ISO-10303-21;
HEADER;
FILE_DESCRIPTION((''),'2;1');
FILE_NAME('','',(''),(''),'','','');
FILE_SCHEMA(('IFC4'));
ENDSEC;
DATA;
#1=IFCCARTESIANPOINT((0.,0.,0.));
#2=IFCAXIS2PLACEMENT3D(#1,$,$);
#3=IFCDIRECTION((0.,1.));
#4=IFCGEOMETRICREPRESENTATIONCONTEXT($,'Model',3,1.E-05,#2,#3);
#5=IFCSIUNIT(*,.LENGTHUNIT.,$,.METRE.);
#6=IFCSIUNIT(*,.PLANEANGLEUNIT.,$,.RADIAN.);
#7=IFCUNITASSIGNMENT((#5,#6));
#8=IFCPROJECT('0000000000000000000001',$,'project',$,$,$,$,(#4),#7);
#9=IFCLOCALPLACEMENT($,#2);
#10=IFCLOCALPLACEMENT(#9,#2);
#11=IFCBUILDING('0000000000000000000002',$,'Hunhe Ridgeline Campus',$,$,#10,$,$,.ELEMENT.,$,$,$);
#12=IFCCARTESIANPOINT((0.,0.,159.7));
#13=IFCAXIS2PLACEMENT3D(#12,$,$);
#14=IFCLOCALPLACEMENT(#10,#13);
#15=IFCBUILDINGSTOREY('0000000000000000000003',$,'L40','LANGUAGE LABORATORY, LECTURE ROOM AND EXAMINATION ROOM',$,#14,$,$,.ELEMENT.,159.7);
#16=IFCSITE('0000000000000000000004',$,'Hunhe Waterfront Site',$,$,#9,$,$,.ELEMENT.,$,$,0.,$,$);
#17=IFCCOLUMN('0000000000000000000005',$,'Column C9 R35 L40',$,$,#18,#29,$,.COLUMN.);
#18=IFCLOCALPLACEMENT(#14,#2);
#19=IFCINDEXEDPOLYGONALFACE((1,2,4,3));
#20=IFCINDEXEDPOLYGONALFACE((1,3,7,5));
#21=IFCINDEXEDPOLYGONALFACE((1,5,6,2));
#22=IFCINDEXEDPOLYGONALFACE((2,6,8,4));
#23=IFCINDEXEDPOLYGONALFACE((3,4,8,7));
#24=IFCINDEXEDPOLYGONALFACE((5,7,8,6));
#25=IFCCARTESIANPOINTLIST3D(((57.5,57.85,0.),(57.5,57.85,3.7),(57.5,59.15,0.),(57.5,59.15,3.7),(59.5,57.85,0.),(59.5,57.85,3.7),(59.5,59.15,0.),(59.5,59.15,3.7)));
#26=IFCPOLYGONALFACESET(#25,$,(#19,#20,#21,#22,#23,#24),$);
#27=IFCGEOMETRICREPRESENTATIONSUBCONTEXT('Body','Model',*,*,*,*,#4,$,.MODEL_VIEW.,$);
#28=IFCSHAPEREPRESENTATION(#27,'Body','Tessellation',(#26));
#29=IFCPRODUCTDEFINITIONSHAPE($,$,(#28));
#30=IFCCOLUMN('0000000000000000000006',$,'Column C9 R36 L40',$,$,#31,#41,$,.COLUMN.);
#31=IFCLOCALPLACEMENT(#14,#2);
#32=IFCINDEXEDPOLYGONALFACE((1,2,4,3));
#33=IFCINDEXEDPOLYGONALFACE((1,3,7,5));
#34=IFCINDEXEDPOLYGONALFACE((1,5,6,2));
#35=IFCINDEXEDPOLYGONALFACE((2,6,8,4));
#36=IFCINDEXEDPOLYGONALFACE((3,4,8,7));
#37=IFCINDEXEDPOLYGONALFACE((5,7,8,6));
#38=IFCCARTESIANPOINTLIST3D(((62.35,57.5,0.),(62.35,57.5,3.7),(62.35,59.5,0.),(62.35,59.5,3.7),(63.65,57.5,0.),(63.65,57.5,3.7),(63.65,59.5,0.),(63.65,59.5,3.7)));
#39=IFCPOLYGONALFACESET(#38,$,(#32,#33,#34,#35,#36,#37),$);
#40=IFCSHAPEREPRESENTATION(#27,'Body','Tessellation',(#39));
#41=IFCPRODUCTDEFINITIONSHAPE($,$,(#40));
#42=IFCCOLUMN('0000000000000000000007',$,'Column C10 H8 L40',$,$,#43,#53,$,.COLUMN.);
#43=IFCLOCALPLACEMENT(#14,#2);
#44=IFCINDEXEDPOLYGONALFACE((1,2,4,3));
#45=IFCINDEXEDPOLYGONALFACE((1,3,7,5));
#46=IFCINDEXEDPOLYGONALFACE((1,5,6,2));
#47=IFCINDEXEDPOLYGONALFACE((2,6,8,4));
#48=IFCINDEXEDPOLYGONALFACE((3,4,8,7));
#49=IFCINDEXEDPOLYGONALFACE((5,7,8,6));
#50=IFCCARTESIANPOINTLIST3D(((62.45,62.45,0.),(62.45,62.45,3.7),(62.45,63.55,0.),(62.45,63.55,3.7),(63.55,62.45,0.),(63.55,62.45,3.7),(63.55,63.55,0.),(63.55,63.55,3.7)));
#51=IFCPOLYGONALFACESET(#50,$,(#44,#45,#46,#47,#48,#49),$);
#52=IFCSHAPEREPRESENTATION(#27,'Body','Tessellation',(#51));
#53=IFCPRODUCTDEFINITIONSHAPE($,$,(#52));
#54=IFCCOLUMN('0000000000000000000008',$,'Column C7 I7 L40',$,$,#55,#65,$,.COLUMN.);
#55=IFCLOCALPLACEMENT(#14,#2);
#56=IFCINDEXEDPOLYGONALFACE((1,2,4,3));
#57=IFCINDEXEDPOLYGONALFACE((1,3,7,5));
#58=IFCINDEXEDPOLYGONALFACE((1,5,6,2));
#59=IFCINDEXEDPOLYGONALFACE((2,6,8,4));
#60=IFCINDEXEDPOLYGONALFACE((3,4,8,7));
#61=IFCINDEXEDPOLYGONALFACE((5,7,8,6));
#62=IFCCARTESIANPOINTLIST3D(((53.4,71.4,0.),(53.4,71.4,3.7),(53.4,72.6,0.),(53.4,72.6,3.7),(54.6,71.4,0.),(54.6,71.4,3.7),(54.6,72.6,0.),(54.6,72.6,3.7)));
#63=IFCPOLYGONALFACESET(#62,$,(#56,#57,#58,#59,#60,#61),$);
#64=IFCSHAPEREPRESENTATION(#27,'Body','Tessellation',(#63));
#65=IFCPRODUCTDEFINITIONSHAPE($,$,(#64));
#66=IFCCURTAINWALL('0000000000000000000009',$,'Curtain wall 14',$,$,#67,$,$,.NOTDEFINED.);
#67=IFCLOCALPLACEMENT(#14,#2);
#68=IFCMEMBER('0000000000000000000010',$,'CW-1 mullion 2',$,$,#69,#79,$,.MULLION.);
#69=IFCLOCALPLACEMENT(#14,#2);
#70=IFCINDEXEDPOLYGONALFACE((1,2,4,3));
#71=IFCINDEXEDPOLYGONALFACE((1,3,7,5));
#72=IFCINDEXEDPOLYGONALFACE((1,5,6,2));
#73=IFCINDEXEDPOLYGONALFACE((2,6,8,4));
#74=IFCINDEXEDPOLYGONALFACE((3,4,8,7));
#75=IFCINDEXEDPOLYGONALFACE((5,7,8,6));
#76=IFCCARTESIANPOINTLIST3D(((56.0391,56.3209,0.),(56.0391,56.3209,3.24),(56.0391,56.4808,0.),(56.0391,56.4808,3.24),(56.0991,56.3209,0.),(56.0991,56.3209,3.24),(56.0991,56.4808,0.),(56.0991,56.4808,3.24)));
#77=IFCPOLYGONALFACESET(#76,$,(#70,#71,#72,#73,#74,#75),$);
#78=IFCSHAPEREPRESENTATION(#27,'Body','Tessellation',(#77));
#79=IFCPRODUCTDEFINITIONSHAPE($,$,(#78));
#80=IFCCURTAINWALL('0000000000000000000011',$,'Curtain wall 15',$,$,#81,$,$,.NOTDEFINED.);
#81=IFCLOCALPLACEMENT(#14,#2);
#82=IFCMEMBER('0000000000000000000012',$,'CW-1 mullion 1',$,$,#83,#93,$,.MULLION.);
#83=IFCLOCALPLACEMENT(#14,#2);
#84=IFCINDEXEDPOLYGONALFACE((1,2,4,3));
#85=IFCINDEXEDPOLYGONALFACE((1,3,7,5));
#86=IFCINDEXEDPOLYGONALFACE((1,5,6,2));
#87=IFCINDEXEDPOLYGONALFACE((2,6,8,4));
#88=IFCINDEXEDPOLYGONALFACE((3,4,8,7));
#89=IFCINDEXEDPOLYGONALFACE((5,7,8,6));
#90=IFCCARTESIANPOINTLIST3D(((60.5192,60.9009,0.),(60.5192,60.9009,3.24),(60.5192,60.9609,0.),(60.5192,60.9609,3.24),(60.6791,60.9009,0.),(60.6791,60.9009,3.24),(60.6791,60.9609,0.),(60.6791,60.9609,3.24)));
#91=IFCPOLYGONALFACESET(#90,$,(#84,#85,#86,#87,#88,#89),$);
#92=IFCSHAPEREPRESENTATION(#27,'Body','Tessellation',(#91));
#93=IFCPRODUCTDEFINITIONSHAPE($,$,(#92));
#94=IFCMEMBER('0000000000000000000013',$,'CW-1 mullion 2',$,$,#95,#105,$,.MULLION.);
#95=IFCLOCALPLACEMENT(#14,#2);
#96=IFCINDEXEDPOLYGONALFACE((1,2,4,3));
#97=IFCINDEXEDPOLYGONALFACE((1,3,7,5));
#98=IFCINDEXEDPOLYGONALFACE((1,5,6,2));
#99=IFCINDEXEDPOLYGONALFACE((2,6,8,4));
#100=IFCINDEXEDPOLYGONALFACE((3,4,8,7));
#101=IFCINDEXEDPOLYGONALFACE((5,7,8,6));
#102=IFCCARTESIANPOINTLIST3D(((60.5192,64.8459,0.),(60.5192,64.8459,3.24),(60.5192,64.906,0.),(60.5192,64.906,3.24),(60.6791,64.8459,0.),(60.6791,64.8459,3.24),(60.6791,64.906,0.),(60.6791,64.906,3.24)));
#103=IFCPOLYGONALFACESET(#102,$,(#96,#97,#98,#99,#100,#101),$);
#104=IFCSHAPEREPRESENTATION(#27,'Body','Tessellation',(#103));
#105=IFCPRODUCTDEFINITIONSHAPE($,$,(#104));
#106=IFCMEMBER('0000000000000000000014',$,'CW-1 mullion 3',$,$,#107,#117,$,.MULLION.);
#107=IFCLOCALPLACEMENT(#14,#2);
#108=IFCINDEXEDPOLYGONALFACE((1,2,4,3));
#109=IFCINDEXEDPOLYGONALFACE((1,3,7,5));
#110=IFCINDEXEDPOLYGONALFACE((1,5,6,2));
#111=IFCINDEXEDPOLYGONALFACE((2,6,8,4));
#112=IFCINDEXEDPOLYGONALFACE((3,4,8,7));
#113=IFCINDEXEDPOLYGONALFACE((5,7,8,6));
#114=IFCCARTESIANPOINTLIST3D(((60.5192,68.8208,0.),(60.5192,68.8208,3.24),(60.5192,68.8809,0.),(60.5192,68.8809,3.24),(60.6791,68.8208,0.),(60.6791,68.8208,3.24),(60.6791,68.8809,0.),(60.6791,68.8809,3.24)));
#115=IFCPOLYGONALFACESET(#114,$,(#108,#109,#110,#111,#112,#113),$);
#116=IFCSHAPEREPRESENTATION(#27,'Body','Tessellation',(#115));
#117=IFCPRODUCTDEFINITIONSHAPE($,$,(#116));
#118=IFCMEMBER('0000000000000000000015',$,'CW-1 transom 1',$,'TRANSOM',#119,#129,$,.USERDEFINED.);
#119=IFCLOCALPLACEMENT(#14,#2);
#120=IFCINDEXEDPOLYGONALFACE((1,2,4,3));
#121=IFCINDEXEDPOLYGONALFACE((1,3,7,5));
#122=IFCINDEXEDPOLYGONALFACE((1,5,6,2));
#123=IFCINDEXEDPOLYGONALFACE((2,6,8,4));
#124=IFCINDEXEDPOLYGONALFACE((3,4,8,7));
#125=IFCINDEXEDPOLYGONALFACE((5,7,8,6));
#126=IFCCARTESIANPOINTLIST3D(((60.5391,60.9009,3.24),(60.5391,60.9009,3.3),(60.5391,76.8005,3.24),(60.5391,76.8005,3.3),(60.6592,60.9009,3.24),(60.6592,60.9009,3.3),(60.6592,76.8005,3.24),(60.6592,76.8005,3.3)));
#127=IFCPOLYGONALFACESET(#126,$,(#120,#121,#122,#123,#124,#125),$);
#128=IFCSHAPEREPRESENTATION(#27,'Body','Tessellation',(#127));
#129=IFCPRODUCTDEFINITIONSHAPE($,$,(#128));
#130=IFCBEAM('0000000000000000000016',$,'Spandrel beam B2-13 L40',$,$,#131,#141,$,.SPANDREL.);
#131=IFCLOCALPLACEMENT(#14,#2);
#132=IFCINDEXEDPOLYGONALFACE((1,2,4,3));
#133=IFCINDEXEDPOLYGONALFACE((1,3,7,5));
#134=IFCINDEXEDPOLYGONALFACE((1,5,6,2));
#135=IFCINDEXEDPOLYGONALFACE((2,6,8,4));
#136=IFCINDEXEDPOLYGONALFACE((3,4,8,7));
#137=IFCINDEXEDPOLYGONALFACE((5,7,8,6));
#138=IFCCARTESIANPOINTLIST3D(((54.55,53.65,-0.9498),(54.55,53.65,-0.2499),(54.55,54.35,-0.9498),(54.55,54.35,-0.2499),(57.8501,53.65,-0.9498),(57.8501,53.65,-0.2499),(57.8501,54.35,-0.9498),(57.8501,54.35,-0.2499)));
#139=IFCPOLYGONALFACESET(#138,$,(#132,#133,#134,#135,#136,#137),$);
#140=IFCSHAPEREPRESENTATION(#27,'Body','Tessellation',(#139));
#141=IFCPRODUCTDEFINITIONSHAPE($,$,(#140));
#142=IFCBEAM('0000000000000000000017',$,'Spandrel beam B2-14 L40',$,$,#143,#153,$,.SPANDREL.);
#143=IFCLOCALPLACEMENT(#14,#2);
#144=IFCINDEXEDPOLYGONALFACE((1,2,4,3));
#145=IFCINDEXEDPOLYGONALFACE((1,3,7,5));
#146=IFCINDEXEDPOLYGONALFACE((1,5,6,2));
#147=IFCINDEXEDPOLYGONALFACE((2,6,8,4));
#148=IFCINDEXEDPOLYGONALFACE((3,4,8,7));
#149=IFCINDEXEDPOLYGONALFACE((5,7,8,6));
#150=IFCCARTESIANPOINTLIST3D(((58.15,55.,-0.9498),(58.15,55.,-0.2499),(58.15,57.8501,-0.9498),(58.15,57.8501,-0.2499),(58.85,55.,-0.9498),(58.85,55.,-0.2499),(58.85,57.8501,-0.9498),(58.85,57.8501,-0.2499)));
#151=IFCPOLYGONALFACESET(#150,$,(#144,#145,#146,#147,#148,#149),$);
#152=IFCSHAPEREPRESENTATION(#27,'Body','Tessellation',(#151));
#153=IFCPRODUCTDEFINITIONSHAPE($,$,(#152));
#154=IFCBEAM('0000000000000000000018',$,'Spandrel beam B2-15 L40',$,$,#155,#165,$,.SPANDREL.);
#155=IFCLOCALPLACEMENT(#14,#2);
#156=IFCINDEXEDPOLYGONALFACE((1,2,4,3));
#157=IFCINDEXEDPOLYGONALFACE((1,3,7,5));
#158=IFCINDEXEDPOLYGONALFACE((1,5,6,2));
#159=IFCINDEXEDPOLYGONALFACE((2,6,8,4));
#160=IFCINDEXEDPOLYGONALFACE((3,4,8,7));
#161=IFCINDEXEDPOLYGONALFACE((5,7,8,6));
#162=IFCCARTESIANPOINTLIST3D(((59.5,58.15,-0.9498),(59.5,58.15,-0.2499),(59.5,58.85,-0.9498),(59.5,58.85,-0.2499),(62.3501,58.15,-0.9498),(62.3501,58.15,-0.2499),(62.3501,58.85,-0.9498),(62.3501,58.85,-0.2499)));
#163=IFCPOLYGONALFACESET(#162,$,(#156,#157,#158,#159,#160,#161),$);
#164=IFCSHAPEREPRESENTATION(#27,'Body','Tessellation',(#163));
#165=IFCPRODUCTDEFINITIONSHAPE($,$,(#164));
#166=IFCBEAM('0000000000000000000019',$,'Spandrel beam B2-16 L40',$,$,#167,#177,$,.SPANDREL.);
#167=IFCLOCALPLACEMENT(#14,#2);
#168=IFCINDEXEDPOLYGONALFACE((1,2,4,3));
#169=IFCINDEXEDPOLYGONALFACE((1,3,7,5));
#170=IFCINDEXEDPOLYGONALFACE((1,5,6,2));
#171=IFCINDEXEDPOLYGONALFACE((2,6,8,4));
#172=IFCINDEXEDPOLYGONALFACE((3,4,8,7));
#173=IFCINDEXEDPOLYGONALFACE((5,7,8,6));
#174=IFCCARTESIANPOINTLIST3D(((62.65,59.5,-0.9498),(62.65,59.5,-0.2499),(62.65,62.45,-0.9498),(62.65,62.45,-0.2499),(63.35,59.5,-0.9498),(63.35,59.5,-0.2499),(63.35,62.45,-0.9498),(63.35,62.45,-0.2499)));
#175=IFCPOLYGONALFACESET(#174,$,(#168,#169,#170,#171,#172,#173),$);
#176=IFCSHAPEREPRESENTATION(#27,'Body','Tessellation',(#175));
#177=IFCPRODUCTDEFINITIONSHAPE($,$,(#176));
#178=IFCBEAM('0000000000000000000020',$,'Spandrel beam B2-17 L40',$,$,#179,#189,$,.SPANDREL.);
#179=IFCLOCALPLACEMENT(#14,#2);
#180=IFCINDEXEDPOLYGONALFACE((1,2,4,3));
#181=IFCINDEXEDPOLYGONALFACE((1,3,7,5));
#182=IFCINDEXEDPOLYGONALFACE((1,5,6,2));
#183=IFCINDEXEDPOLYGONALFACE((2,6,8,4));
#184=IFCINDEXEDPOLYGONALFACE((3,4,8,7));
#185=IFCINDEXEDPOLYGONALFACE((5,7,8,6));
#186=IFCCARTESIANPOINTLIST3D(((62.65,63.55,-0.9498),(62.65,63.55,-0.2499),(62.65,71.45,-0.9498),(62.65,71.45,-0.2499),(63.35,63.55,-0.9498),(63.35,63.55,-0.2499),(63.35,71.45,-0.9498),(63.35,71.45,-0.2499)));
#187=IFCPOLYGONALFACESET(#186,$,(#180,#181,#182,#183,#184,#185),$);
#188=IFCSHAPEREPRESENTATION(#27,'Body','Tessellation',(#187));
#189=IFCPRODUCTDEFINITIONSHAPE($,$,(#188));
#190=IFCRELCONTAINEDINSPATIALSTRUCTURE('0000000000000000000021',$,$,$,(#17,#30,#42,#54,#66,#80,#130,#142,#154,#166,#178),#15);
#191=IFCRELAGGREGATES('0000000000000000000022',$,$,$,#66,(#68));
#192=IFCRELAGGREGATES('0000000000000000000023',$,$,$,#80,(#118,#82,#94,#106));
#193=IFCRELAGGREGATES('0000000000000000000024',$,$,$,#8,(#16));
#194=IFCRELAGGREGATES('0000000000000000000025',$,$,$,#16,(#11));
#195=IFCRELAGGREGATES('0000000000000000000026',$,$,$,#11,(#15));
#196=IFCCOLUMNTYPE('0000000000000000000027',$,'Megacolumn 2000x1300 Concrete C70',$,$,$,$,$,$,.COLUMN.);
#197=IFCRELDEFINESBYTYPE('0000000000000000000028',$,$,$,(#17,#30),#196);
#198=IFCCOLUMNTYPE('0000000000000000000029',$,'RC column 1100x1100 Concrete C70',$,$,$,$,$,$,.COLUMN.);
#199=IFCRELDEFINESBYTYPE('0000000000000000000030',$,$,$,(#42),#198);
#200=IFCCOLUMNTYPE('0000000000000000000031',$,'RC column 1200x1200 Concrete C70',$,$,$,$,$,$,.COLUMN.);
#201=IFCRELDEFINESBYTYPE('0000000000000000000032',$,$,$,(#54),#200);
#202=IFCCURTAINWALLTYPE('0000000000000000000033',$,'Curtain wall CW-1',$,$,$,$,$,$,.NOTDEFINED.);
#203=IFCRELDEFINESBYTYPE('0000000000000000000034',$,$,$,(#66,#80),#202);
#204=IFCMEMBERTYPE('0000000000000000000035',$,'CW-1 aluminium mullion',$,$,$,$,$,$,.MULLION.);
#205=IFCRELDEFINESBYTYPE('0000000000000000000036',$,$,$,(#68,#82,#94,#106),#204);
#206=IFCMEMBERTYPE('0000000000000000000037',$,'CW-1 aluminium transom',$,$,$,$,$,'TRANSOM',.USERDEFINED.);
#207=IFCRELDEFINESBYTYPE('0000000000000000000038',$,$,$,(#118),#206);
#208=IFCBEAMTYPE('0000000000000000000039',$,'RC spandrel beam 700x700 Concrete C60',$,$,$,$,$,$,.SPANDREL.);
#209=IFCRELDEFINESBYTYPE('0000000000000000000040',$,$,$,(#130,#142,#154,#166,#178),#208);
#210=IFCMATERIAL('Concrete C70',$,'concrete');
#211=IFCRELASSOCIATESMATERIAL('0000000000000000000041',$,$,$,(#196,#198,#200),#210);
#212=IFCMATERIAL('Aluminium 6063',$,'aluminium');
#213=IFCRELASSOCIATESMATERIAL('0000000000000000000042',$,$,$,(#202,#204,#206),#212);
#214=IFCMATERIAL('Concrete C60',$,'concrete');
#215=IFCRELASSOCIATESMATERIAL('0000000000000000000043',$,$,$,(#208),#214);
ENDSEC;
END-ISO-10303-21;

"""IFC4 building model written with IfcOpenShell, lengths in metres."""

from ifc_helpers import new_model, si_unit, direction, frame, origin, origin_2d, place, context, subcontext, project, spatial, rectangle, extrude, material, material_profile, profile_set, type_object, element, aggregate, save


model = new_model("IFC4")

# Units and contexts
model_context = context("Model", 3, precision=1e-05, world=origin(), true_north=direction((0.0, 1.0)))
body_context = subcontext(model_context, "Body", "Model", "MODEL_VIEW")
ifc_project = project(units=[si_unit("LENGTHUNIT", "METRE"), si_unit("PLANEANGLEUNIT", "RADIAN")], contexts=[model_context])

# Site, building, storey
site_placement = place(None, origin())
site = spatial("IfcSite", under=ifc_project, at=site_placement, Name="Hunhe Waterfront Site", CompositionType="ELEMENT", RefElevation=0.0)
building_placement = place(site_placement, origin())
building = spatial("IfcBuilding", under=site, at=building_placement, Name="Hunhe Ridgeline Campus", CompositionType="ELEMENT")
storey_placement = place(building_placement, frame((0.0, 0.0, 159.7)))
storey = spatial("IfcBuildingStorey", under=building, at=storey_placement, Name="L40", Description="LANGUAGE LABORATORY, LECTURE ROOM AND EXAMINATION ROOM", CompositionType="ELEMENT", Elevation=159.7)

# Columns
ifc_material_1 = material(Name="Concrete C70", Category="concrete")
ifc_material_profile_1 = material_profile(ifc_material_1, rectangle(XDim=2.0, YDim=1.3, at=origin_2d()))
ifc_profile_set_1 = profile_set([ifc_material_profile_1], Name="Concrete C70")
column_type_1 = type_object("IfcColumnType", Name="Megacolumn 2000x1300 Concrete C70", PredefinedType="COLUMN", material=ifc_profile_set_1)
for number, where, z_axis, x_axis, name in (
    (1, (58.5, 58.5, 0.0), (0.0, 0.0, 1.0), (1.0, 0.0, 0.0), "Column C9 R35 L40"),
    (2, (63.0, 58.5, 0.0), (0.0, 0.0, 1.0), (0.0, 1.0, 0.0), "Column C9 R36 L40"),
):
    element("IfcColumn", number, at=place(storey_placement, frame(where, z_axis=z_axis, x_axis=x_axis)), inside=storey, type_object=column_type_1, Name=name, PredefinedType="COLUMN", context=body_context, shape_type="SweptSolid", body=[
        extrude(rectangle(XDim=2.0, YDim=1.3, at=origin_2d()), origin(), (0.0, 0.0, 1.0), 3.7),
    ])
ifc_material_profile_2 = material_profile(ifc_material_1, rectangle(XDim=1.1001, YDim=1.1001, at=origin_2d()))
ifc_profile_set_2 = profile_set([ifc_material_profile_2], Name="Concrete C70")
column_type_2 = type_object("IfcColumnType", Name="RC column 1100x1100 Concrete C70", PredefinedType="COLUMN", material=ifc_profile_set_2)
column_1_placement = place(storey_placement, frame((63.0, 63.0, 0.0), z_axis=(0.0, 0.0, 1.0), x_axis=(1.0, 0.0, 0.0)))
element("IfcColumn", 3, at=column_1_placement, inside=storey, type_object=column_type_2, Name="Column C10 H8 L40", PredefinedType="COLUMN", context=body_context, shape_type="SweptSolid", body=[
    extrude(rectangle(XDim=1.1001, YDim=1.1001, at=origin_2d()), origin(), (0.0, 0.0, 1.0), 3.7),
])
ifc_material_profile_3 = material_profile(ifc_material_1, rectangle(XDim=1.2, YDim=1.2, at=origin_2d()))
ifc_profile_set_3 = profile_set([ifc_material_profile_3], Name="Concrete C70")
column_type_3 = type_object("IfcColumnType", Name="RC column 1200x1200 Concrete C70", PredefinedType="COLUMN", material=ifc_profile_set_3)
column_2_placement = place(storey_placement, frame((54.0, 72.0, 0.0), z_axis=(0.0, 0.0, 1.0), x_axis=(1.0, 0.0, 0.0)))
element("IfcColumn", 4, at=column_2_placement, inside=storey, type_object=column_type_3, Name="Column C7 I7 L40", PredefinedType="COLUMN", context=body_context, shape_type="SweptSolid", body=[
    extrude(rectangle(XDim=1.2, YDim=1.2, at=origin_2d()), origin(), (0.0, 0.0, 1.0), 3.7),
])

# Curtain wall, member
ifc_material_2 = material(Name="Aluminium 6063", Category="aluminium")
curtain_wall_type = type_object("IfcCurtainWallType", Name="Curtain wall CW-1", PredefinedType="NOTDEFINED", material=ifc_material_2)
curtain_wall_1_placement = place(storey_placement, origin())
curtain_wall_1 = element("IfcCurtainWall", 5, at=curtain_wall_1_placement, inside=storey, type_object=curtain_wall_type, Name="Curtain wall 14", PredefinedType="NOTDEFINED")
ifc_material_profile_4 = material_profile(ifc_material_2, rectangle(XDim=0.1599, YDim=0.0601, at=origin_2d()))
ifc_profile_set_4 = profile_set([ifc_material_profile_4], Name="Aluminium 6063")
member_type_1 = type_object("IfcMemberType", Name="CW-1 aluminium mullion", PredefinedType="MULLION", material=ifc_profile_set_4)
member_1_placement = place(storey_placement, frame((56.0691, 56.4009, 0.0), z_axis=(0.0, 0.0, 1.0), x_axis=(-0.000002, 1.0, 0.0)))
member_1 = element("IfcMember", 6, at=member_1_placement, type_object=member_type_1, Name="CW-1 mullion 2", PredefinedType="MULLION", context=body_context, shape_type="SweptSolid", body=[
    extrude(rectangle(XDim=0.1599, YDim=0.0601, at=origin_2d()), origin(), (0.0, 0.0, 1.0), 3.24),
])
aggregate(curtain_wall_1, [member_1])

# Curtain wall, members
curtain_wall_2_placement = place(storey_placement, origin())
curtain_wall_2 = element("IfcCurtainWall", 7, at=curtain_wall_2_placement, inside=storey, type_object=curtain_wall_type, Name="Curtain wall 15", PredefinedType="NOTDEFINED")
member_2_placement = place(storey_placement, frame((60.5991, 60.9309, 0.0), z_axis=(0.0, 0.0, 1.0), x_axis=(-1.0, 0.0, 0.0)))
member_2 = element("IfcMember", 8, at=member_2_placement, type_object=member_type_1, Name="CW-1 mullion 1", PredefinedType="MULLION", context=body_context, shape_type="SweptSolid", body=[
    extrude(rectangle(XDim=0.1599, YDim=0.0601, at=origin_2d()), origin(), (0.0, 0.0, 1.0), 3.24),
])
member_3_placement = place(storey_placement, frame((60.5991, 64.876, 0.0), z_axis=(0.0, 0.0, 1.0), x_axis=(-1.0, 0.0, 0.0)))
member_3 = element("IfcMember", 9, at=member_3_placement, type_object=member_type_1, Name="CW-1 mullion 2", PredefinedType="MULLION", context=body_context, shape_type="SweptSolid", body=[
    extrude(rectangle(XDim=0.1599, YDim=0.0601, at=origin_2d()), origin(), (0.0, 0.0, 1.0), 3.24),
])
member_4_placement = place(storey_placement, frame((60.5991, 68.8508, 0.0), z_axis=(0.0, 0.0, 1.0), x_axis=(-1.0, 0.0, 0.0)))
member_4 = element("IfcMember", 10, at=member_4_placement, type_object=member_type_1, Name="CW-1 mullion 3", PredefinedType="MULLION", context=body_context, shape_type="SweptSolid", body=[
    extrude(rectangle(XDim=0.1599, YDim=0.0601, at=origin_2d()), origin(), (0.0, 0.0, 1.0), 3.24),
])
ifc_material_profile_5 = material_profile(ifc_material_2, rectangle(XDim=0.1201, YDim=0.0601, at=origin_2d()))
ifc_profile_set_5 = profile_set([ifc_material_profile_5], Name="Aluminium 6063")
member_type_2 = type_object("IfcMemberType", Name="CW-1 aluminium transom", ElementType="TRANSOM", PredefinedType="USERDEFINED", material=ifc_profile_set_5)
member_5_placement = place(storey_placement, frame((60.5991, 60.9009, 3.27), z_axis=(0.0, 1.0, 0.0), x_axis=(-1.0, 0.0, 0.0)))
member_5 = element("IfcMember", 11, at=member_5_placement, type_object=member_type_2, Name="CW-1 transom 1", ObjectType="TRANSOM", PredefinedType="USERDEFINED", context=body_context, shape_type="SweptSolid", body=[
    extrude(rectangle(XDim=0.1201, YDim=0.0601, at=origin_2d()), origin(), (0.0, 0.0, 1.0), 15.8997),
])

# Beams
ifc_material_3 = material(Name="Concrete C60", Category="concrete")
ifc_material_profile_6 = material_profile(ifc_material_3, rectangle(XDim=0.7, YDim=0.7, at=origin_2d()))
ifc_profile_set_6 = profile_set([ifc_material_profile_6], Name="Concrete C60")
beam_type = type_object("IfcBeamType", Name="RC spandrel beam 700x700 Concrete C60", PredefinedType="SPANDREL", material=ifc_profile_set_6)
beam_1_placement = place(storey_placement, frame((54.55, 54.0, -0.5999), z_axis=(1.0, 0.0, 0.0), x_axis=(0.0, 1.0, 0.0)))
element("IfcBeam", 12, at=beam_1_placement, inside=storey, type_object=beam_type, Name="Spandrel beam B2-13 L40", PredefinedType="SPANDREL", context=body_context, shape_type="SweptSolid", body=[
    extrude(rectangle(XDim=0.7, YDim=0.7, at=origin_2d()), origin(), (0.0, 0.0, 1.0), 3.3),
])
for number, where, z_axis, x_axis, name in (
    (13, (58.5, 55.0, -0.5999), (0.0, 1.0, 0.0), (-1.0, 0.0, 0.0), "Spandrel beam B2-14 L40"),
    (14, (59.5, 58.5, -0.5999), (1.0, 0.0, 0.0), (0.0, 1.0, 0.0), "Spandrel beam B2-15 L40"),
):
    element("IfcBeam", number, at=place(storey_placement, frame(where, z_axis=z_axis, x_axis=x_axis)), inside=storey, type_object=beam_type, Name=name, PredefinedType="SPANDREL", context=body_context, shape_type="SweptSolid", body=[
        extrude(rectangle(XDim=0.7, YDim=0.7, at=origin_2d()), origin(), (0.0, 0.0, 1.0), 2.8501),
    ])
beam_2_placement = place(storey_placement, frame((63.0, 59.5, -0.5999), z_axis=(0.0, 1.0, 0.0), x_axis=(-1.0, 0.0, 0.0)))
element("IfcBeam", 15, at=beam_2_placement, inside=storey, type_object=beam_type, Name="Spandrel beam B2-16 L40", PredefinedType="SPANDREL", context=body_context, shape_type="SweptSolid", body=[
    extrude(rectangle(XDim=0.7, YDim=0.7, at=origin_2d()), origin(), (0.0, 0.0, 1.0), 2.95),
])
beam_3_placement = place(storey_placement, frame((63.0, 63.55, -0.5999), z_axis=(0.0, 1.0, 0.0), x_axis=(-1.0, 0.0, 0.0)))
element("IfcBeam", 16, at=beam_3_placement, inside=storey, type_object=beam_type, Name="Spandrel beam B2-17 L40", PredefinedType="SPANDREL", context=body_context, shape_type="SweptSolid", body=[
    extrude(rectangle(XDim=0.7, YDim=0.7, at=origin_2d()), origin(), (0.0, 0.0, 1.0), 7.8999),
])

aggregate(curtain_wall_2, [member_5, member_2, member_3, member_4])

save(model, "model.ifc")
